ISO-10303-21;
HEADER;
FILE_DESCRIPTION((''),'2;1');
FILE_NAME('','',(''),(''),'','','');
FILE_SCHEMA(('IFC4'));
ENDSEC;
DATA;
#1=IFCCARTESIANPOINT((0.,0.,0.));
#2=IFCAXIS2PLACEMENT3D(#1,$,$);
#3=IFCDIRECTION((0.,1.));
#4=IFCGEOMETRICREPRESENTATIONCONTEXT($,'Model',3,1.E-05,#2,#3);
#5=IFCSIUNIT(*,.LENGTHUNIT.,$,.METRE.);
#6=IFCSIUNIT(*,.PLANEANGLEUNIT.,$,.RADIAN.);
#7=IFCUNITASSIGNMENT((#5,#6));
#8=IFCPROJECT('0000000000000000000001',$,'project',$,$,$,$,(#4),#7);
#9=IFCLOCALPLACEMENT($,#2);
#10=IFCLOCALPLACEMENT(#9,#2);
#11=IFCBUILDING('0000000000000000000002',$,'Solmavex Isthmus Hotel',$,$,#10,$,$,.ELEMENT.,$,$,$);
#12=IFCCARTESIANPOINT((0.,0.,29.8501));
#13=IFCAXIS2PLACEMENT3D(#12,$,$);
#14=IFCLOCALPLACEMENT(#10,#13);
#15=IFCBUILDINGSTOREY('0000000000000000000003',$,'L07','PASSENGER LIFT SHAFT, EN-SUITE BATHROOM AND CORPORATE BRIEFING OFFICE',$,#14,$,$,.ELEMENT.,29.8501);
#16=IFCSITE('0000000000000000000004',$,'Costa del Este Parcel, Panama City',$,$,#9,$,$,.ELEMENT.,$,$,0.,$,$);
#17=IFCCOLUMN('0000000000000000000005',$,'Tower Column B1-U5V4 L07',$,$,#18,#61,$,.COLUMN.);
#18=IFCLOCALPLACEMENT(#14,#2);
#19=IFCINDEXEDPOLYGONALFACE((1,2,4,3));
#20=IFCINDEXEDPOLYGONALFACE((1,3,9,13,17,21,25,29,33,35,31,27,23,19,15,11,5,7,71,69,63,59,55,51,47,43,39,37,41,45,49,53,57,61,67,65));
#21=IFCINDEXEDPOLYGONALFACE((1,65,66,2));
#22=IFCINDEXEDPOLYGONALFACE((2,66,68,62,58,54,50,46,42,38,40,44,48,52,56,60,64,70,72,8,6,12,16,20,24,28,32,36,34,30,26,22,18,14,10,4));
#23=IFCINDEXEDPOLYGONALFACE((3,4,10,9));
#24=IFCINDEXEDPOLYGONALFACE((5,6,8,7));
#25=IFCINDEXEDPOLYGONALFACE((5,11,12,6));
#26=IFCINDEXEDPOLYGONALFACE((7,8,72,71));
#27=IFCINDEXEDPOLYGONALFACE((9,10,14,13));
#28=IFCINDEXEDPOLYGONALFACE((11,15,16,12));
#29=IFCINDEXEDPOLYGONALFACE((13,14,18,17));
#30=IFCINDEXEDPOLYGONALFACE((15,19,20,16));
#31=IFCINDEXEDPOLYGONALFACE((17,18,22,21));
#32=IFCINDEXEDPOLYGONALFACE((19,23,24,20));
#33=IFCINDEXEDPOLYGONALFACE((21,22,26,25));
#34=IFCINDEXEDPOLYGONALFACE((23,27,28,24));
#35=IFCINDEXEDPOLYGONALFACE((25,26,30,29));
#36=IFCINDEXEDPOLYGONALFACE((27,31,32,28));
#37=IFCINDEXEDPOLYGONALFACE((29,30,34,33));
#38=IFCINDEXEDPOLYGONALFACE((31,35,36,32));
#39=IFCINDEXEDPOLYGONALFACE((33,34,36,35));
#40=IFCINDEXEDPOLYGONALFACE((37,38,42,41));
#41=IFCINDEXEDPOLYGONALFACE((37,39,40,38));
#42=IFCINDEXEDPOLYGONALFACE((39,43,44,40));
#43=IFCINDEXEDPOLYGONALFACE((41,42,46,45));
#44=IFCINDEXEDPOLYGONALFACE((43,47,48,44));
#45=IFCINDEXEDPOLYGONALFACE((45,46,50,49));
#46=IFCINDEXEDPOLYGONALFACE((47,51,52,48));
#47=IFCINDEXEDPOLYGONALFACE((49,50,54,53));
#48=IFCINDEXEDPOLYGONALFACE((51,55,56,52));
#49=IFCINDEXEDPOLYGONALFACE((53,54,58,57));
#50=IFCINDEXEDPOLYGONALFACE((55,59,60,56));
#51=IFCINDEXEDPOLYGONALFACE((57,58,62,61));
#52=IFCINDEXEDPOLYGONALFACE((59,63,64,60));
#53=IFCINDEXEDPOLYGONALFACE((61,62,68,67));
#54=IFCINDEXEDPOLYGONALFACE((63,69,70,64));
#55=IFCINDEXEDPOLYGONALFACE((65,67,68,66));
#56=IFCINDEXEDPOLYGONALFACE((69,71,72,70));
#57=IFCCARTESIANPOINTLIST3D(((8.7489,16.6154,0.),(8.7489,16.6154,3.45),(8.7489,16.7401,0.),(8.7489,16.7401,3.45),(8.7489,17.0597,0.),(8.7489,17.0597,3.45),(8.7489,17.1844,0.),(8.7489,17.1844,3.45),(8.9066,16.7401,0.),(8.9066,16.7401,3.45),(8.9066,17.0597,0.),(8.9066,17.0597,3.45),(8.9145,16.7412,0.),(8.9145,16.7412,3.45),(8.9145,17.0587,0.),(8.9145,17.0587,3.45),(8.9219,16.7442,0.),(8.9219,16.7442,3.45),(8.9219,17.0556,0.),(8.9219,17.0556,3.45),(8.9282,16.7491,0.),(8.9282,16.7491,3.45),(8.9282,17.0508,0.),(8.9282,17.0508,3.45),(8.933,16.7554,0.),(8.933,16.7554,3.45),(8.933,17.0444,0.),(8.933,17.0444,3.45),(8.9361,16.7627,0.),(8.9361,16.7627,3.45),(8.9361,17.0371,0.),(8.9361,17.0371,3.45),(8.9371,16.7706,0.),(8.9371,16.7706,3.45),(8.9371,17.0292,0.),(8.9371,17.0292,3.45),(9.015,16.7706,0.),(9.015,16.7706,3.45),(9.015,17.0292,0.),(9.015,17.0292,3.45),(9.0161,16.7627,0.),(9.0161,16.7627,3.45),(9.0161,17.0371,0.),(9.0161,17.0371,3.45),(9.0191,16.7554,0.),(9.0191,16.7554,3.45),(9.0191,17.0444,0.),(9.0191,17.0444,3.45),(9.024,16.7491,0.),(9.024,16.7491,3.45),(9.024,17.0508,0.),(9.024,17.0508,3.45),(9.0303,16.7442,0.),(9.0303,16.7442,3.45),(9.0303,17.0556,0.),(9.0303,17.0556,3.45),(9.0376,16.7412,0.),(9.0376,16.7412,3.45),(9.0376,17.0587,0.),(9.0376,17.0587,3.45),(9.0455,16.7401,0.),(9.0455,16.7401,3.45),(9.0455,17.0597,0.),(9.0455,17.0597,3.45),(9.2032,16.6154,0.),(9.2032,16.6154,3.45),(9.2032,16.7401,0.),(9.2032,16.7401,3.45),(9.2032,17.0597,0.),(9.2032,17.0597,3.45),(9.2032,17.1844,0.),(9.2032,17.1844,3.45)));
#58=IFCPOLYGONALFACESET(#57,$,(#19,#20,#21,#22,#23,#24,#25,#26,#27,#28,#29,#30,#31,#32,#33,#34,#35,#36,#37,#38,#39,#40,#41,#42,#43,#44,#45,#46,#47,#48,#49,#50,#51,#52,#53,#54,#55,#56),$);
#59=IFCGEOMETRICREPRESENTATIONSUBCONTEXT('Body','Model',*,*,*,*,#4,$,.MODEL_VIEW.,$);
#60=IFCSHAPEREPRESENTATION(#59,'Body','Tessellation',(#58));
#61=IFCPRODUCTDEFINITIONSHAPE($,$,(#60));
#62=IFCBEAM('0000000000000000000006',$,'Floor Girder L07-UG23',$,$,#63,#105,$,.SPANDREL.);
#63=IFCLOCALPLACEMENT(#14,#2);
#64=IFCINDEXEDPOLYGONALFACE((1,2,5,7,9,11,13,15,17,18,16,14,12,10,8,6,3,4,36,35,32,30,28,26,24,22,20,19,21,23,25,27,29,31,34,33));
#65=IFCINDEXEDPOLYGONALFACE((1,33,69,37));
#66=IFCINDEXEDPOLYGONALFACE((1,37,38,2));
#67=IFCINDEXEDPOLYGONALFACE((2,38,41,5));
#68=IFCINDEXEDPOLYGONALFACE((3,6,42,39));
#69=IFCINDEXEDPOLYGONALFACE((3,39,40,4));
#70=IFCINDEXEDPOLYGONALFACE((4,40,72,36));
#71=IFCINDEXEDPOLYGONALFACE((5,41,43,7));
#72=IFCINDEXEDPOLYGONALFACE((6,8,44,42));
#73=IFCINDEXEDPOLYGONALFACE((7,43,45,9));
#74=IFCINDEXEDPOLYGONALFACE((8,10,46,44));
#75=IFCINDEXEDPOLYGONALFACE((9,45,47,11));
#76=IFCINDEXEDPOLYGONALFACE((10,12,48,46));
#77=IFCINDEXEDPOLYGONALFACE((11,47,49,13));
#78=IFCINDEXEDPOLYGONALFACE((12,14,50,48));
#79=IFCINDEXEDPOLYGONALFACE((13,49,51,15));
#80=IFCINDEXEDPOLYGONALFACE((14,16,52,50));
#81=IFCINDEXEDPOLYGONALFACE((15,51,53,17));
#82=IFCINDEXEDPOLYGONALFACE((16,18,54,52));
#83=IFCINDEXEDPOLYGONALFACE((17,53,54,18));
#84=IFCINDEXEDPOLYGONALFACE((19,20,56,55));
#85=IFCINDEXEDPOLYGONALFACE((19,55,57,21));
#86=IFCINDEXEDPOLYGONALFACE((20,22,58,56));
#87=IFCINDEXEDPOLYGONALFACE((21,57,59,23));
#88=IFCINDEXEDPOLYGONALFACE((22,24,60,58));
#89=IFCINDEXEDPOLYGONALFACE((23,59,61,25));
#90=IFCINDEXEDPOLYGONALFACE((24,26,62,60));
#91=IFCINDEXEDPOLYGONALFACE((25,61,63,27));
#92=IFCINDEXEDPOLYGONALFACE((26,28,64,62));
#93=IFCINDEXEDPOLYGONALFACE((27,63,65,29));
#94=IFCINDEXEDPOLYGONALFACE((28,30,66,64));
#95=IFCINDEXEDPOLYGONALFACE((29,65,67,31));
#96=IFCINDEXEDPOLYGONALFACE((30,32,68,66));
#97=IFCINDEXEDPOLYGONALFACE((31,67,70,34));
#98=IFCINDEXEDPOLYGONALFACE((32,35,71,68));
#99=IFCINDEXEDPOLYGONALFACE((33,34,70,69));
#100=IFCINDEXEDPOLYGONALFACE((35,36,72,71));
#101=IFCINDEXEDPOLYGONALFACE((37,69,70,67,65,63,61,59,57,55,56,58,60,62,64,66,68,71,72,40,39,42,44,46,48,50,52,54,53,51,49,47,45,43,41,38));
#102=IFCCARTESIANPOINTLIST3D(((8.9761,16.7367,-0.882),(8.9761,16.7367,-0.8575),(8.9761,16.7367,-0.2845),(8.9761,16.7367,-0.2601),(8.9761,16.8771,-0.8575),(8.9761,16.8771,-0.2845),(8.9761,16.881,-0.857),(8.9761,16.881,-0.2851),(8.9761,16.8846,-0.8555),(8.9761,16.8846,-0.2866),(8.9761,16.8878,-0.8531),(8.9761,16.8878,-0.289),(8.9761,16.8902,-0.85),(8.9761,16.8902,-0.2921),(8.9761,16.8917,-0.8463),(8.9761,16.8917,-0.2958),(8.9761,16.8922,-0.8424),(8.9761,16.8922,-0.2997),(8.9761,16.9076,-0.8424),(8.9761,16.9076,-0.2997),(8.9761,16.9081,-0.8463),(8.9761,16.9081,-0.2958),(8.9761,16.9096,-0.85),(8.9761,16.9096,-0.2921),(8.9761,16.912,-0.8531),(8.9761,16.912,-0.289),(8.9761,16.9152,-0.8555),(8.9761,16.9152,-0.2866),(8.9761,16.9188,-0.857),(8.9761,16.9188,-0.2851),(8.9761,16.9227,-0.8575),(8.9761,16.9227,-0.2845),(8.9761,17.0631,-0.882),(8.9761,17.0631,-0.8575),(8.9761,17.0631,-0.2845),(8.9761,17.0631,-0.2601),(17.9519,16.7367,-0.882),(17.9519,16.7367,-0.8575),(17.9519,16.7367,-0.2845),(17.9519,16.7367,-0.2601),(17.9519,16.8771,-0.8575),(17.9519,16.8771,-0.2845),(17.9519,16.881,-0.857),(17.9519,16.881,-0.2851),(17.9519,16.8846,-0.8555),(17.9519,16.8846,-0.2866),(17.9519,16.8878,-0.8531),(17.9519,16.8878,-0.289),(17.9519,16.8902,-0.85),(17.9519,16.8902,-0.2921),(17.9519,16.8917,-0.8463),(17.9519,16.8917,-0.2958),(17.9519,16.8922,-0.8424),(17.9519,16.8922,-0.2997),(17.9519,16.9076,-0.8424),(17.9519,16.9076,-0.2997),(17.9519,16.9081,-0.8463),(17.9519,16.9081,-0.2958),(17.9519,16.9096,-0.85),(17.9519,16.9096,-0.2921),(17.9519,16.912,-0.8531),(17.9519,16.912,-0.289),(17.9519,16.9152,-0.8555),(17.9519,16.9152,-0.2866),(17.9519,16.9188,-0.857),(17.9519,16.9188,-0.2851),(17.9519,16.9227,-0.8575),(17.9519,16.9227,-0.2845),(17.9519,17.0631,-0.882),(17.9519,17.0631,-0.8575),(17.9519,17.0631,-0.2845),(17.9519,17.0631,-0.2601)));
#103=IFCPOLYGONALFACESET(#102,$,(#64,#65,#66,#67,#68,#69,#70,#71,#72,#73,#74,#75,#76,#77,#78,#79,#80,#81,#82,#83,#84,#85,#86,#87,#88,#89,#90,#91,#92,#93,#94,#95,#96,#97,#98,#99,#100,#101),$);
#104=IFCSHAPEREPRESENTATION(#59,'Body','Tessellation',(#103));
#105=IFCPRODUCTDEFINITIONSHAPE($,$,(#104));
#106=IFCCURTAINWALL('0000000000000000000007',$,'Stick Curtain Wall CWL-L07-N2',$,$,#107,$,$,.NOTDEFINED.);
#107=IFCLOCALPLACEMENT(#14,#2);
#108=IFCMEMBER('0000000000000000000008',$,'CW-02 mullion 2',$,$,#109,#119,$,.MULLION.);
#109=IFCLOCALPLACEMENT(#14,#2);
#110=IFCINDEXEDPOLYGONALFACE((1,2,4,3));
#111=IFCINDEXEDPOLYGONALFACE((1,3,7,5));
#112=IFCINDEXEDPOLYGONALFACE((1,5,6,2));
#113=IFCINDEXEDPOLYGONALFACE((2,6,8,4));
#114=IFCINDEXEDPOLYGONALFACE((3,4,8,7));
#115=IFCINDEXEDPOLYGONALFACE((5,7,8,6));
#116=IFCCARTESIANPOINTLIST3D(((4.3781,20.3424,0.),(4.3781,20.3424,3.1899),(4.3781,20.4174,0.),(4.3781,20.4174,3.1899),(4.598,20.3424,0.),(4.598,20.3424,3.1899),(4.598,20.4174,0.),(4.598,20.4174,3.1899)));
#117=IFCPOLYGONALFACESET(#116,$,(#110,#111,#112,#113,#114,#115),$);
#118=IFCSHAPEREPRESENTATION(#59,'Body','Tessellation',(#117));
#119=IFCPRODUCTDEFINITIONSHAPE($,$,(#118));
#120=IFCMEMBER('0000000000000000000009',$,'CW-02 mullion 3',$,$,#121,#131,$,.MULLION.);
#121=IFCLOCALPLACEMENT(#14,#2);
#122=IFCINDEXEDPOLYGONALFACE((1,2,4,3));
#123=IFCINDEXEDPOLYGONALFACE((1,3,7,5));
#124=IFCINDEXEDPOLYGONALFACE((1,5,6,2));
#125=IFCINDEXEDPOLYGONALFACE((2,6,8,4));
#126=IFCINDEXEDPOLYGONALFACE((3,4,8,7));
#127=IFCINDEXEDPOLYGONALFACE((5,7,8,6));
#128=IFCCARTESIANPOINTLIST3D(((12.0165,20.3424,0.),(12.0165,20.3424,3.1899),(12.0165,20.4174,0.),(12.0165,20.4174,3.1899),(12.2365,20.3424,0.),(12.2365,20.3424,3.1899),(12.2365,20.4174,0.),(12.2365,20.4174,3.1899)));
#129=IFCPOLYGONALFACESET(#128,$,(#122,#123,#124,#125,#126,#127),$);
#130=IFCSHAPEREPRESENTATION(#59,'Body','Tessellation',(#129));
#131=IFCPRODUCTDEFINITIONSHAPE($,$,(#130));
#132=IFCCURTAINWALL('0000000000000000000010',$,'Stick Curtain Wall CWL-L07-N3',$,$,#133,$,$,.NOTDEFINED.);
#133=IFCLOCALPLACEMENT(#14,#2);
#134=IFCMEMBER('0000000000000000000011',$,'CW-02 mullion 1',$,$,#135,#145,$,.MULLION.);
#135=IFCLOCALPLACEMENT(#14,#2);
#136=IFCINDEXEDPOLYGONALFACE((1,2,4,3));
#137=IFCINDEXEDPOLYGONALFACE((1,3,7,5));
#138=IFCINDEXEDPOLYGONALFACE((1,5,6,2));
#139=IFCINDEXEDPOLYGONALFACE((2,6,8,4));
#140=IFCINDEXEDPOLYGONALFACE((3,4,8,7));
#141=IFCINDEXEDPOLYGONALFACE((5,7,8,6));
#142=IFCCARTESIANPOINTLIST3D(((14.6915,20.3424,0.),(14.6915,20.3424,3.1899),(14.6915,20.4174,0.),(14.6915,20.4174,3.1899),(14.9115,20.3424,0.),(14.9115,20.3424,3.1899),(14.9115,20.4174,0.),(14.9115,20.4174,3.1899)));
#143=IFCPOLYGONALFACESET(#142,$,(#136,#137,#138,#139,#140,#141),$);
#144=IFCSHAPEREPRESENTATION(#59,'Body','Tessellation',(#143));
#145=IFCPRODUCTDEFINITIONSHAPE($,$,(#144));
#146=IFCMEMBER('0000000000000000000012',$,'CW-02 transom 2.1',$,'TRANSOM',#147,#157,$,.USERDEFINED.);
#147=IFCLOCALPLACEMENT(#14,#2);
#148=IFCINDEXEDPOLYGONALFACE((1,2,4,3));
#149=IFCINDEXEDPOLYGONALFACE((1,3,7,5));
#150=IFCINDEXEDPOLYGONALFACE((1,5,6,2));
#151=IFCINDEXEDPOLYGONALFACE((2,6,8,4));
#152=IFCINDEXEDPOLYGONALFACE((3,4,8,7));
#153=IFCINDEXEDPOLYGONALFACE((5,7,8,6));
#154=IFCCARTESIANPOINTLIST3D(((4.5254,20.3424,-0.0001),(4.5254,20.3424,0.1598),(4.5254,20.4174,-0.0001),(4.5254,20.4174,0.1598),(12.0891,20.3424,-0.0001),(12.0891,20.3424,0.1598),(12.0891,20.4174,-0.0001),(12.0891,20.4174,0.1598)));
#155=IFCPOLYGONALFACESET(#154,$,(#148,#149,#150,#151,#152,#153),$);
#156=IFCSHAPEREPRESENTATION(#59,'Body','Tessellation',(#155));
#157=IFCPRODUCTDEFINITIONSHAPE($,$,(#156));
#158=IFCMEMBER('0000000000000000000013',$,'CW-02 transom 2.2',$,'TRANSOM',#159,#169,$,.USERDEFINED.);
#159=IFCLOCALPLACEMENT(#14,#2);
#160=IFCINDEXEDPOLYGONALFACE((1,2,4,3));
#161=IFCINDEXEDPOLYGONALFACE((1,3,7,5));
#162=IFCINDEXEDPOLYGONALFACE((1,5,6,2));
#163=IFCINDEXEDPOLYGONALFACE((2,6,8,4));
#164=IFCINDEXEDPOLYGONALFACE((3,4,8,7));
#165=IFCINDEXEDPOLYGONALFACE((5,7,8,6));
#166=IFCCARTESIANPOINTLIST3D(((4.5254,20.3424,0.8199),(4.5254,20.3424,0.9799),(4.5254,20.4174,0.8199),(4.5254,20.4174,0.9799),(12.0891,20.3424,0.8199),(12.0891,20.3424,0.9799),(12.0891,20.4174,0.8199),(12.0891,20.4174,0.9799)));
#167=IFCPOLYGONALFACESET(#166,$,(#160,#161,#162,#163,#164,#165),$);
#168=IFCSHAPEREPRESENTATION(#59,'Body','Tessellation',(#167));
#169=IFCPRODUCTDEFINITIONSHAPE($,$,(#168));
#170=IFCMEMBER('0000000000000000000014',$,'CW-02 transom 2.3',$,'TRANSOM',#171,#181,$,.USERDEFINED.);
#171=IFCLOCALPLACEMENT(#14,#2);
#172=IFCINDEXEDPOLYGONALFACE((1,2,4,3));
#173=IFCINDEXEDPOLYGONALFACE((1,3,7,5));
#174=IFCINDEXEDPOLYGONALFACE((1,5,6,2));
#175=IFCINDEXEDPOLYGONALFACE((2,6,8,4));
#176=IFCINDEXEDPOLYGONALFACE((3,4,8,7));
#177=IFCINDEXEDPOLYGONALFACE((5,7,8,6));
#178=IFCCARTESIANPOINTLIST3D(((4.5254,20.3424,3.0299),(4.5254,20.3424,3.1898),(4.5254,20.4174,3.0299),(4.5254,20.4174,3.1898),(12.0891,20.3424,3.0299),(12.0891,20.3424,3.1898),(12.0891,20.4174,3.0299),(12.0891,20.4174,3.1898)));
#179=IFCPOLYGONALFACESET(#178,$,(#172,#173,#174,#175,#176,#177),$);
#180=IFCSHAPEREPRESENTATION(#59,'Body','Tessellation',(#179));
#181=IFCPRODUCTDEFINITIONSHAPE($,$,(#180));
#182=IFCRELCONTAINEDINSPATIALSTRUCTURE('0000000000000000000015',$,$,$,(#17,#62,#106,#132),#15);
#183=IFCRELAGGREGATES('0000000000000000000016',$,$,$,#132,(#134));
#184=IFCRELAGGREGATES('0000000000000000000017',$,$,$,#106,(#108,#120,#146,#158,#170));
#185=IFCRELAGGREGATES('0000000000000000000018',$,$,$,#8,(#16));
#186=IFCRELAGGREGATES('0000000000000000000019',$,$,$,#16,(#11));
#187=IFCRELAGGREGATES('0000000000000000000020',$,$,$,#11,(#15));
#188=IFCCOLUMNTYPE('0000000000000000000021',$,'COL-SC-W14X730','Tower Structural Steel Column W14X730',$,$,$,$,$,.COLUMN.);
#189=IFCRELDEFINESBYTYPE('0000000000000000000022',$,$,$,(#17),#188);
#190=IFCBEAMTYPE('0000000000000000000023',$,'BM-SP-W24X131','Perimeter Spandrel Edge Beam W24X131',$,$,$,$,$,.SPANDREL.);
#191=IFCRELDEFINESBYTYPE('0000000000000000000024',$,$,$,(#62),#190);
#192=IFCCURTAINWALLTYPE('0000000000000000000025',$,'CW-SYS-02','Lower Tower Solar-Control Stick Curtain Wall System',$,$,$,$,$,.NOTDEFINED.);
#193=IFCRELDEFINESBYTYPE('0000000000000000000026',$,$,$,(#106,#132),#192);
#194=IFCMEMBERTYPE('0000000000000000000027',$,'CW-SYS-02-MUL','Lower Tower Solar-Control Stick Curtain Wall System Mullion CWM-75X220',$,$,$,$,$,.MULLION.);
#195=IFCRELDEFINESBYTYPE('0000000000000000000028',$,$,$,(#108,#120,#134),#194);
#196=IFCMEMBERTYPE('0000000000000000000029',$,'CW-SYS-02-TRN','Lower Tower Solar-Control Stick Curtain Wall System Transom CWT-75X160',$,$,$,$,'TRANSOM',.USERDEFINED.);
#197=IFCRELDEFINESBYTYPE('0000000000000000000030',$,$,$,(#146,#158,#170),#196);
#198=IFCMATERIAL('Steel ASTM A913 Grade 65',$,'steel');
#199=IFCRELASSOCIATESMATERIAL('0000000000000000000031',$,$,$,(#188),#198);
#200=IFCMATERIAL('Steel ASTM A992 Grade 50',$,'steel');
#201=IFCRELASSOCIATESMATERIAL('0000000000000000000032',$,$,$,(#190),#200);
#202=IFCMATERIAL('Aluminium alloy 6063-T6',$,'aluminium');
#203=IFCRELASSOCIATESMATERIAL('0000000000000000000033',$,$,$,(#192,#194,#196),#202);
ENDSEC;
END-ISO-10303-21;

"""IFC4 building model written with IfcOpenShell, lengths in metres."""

from ifc_helpers import new_model, si_unit, direction, frame, origin, origin_2d, place, context, subcontext, project, spatial, rectangle, i_section, extrude, material, material_profile, profile_set, type_object, element, aggregate, save


model = new_model("IFC4")

# Units and contexts
model_context = context("Model", 3, precision=1e-05, world=origin(), true_north=direction((0.0, 1.0)))
body_context = subcontext(model_context, "Body", "Model", "MODEL_VIEW")
ifc_project = project(units=[si_unit("LENGTHUNIT", "METRE"), si_unit("PLANEANGLEUNIT", "RADIAN")], contexts=[model_context])

# Site, building, storey
site_placement = place(None, origin())
site = spatial("IfcSite", under=ifc_project, at=site_placement, Name="Costa del Este Parcel, Panama City", CompositionType="ELEMENT", RefElevation=0.0)
building_placement = place(site_placement, origin())
building = spatial("IfcBuilding", under=site, at=building_placement, Name="Solmavex Isthmus Hotel", CompositionType="ELEMENT")
storey_placement = place(building_placement, frame((0.0, 0.0, 29.8501)))
storey = spatial("IfcBuildingStorey", under=building, at=storey_placement, Name="L07", Description="PASSENGER LIFT SHAFT, EN-SUITE BATHROOM AND CORPORATE BRIEFING OFFICE", CompositionType="ELEMENT", Elevation=29.8501)

# Column
ifc_material_1 = material(Name="Steel ASTM A913 Grade 65", Category="steel")
ifc_material_profile_1 = material_profile(ifc_material_1, i_section(OverallWidth=0.4543, OverallDepth=0.5691, WebThickness=0.0779, FlangeThickness=0.1248, FilletRadius=0.0305, at=origin_2d()), Name="W14X730")
ifc_profile_set_1 = profile_set([ifc_material_profile_1], Name="Steel ASTM A913 Grade 65")
column_type = type_object("IfcColumnType", Name="COL-SC-W14X730", Description="Tower Structural Steel Column W14X730", PredefinedType="COLUMN", material=ifc_profile_set_1)
column_placement = place(storey_placement, frame((8.9761, 16.8999, 0.0), z_axis=(0.0, 0.0, 1.0), x_axis=(1.0, 0.0, 0.0)))
element("IfcColumn", 1, at=column_placement, inside=storey, type_object=column_type, Name="Tower Column B1-U5V4 L07", PredefinedType="COLUMN", context=body_context, shape_type="SweptSolid", body=[
    extrude(i_section(OverallWidth=0.4543, OverallDepth=0.5691, WebThickness=0.0779, FlangeThickness=0.1248, FilletRadius=0.0305, at=origin_2d()), origin(), (0.0, 0.0, 1.0), 3.45),
])

# Beam
ifc_material_2 = material(Name="Steel ASTM A992 Grade 50", Category="steel")
ifc_material_profile_2 = material_profile(ifc_material_2, i_section(OverallWidth=0.3264, OverallDepth=0.6218, WebThickness=0.0154, FlangeThickness=0.0244, FilletRadius=0.0151, at=origin_2d()), Name="W24X131")
ifc_profile_set_2 = profile_set([ifc_material_profile_2], Name="Steel ASTM A992 Grade 50")
beam_type = type_object("IfcBeamType", Name="BM-SP-W24X131", Description="Perimeter Spandrel Edge Beam W24X131", PredefinedType="SPANDREL", material=ifc_profile_set_2)
beam_placement = place(storey_placement, frame((8.9761, 16.8999, -0.571), z_axis=(1.0, 0.0, 0.0), x_axis=(0.0, 1.0, 0.0)))
element("IfcBeam", 2, at=beam_placement, inside=storey, type_object=beam_type, Name="Floor Girder L07-UG23", PredefinedType="SPANDREL", context=body_context, shape_type="SweptSolid", body=[
    extrude(i_section(OverallWidth=0.3264, OverallDepth=0.6218, WebThickness=0.0154, FlangeThickness=0.0244, FilletRadius=0.0151, at=origin_2d()), origin(), (0.0, 0.0, 1.0), 8.9758),
])

# Curtain wall, members
ifc_material_3 = material(Name="Aluminium alloy 6063-T6", Category="aluminium")
curtain_wall_type = type_object("IfcCurtainWallType", Name="CW-SYS-02", Description="Lower Tower Solar-Control Stick Curtain Wall System", PredefinedType="NOTDEFINED", material=ifc_material_3)
curtain_wall_1_placement = place(storey_placement, origin())
curtain_wall_1 = element("IfcCurtainWall", 3, at=curtain_wall_1_placement, inside=storey, type_object=curtain_wall_type, Name="Stick Curtain Wall CWL-L07-N2", PredefinedType="NOTDEFINED")
ifc_material_profile_3 = material_profile(ifc_material_3, rectangle(XDim=0.075, YDim=0.22, at=origin_2d()), Name="CWM-75X220")
ifc_profile_set_3 = profile_set([ifc_material_profile_3], Name="Aluminium alloy 6063-T6")
member_type_1 = type_object("IfcMemberType", Name="CW-SYS-02-MUL", Description="Lower Tower Solar-Control Stick Curtain Wall System Mullion CWM-75X220", PredefinedType="MULLION", material=ifc_profile_set_3)
member_1_placement = place(storey_placement, frame((4.488, 20.3799, 0.0), z_axis=(0.0, 0.0, 1.0), x_axis=(0.0, 1.0, 0.0)))
member_1 = element("IfcMember", 4, at=member_1_placement, type_object=member_type_1, Name="CW-02 mullion 2", PredefinedType="MULLION", context=body_context, shape_type="SweptSolid", body=[
    extrude(rectangle(XDim=0.075, YDim=0.22, at=origin_2d()), origin(), (0.0, 0.0, 1.0), 3.1899),
])
member_2_placement = place(storey_placement, frame((12.1265, 20.3799, 0.0), z_axis=(0.0, 0.0, 1.0), x_axis=(0.0, 1.0, 0.0)))
member_2 = element("IfcMember", 5, at=member_2_placement, type_object=member_type_1, Name="CW-02 mullion 3", PredefinedType="MULLION", context=body_context, shape_type="SweptSolid", body=[
    extrude(rectangle(XDim=0.075, YDim=0.22, at=origin_2d()), origin(), (0.0, 0.0, 1.0), 3.1899),
])

# Curtain wall, member
curtain_wall_2_placement = place(storey_placement, origin())
curtain_wall_2 = element("IfcCurtainWall", 6, at=curtain_wall_2_placement, inside=storey, type_object=curtain_wall_type, Name="Stick Curtain Wall CWL-L07-N3", PredefinedType="NOTDEFINED")
member_3_placement = place(storey_placement, frame((14.8015, 20.3799, 0.0), z_axis=(0.0, 0.0, 1.0), x_axis=(0.0, 1.0, 0.0)))
member_3 = element("IfcMember", 7, at=member_3_placement, type_object=member_type_1, Name="CW-02 mullion 1", PredefinedType="MULLION", context=body_context, shape_type="SweptSolid", body=[
    extrude(rectangle(XDim=0.075, YDim=0.22, at=origin_2d()), origin(), (0.0, 0.0, 1.0), 3.1899),
])
aggregate(curtain_wall_2, [member_3])

# Members
ifc_material_profile_4 = material_profile(ifc_material_3, rectangle(XDim=0.075, YDim=0.1599, at=origin_2d()), Name="CWT-75X160")
ifc_profile_set_4 = profile_set([ifc_material_profile_4], Name="Aluminium alloy 6063-T6")
member_type_2 = type_object("IfcMemberType", Name="CW-SYS-02-TRN", Description="Lower Tower Solar-Control Stick Curtain Wall System Transom CWT-75X160", ElementType="TRANSOM", PredefinedType="USERDEFINED", material=ifc_profile_set_4)
member_4_placement = place(storey_placement, frame((4.5254, 20.3799, 0.0798), z_axis=(1.0, 0.0, 0.0), x_axis=(0.0, 1.0, 0.0)))
member_4 = element("IfcMember", 8, at=member_4_placement, type_object=member_type_2, Name="CW-02 transom 2.1", ObjectType="TRANSOM", PredefinedType="USERDEFINED", context=body_context, shape_type="SweptSolid", body=[
    extrude(rectangle(XDim=0.075, YDim=0.1599, at=origin_2d()), origin(), (0.0, 0.0, 1.0), 7.5637),
])
member_5_placement = place(storey_placement, frame((4.5254, 20.3799, 0.8999), z_axis=(1.0, 0.0, 0.0), x_axis=(0.0, 1.0, 0.0)))
member_5 = element("IfcMember", 9, at=member_5_placement, type_object=member_type_2, Name="CW-02 transom 2.2", ObjectType="TRANSOM", PredefinedType="USERDEFINED", context=body_context, shape_type="SweptSolid", body=[
    extrude(rectangle(XDim=0.075, YDim=0.1599, at=origin_2d()), origin(), (0.0, 0.0, 1.0), 7.5637),
])
member_6_placement = place(storey_placement, frame((4.5254, 20.3799, 3.1099), z_axis=(1.0, 0.0, 0.0), x_axis=(0.0, 1.0, 0.0)))
member_6 = element("IfcMember", 10, at=member_6_placement, type_object=member_type_2, Name="CW-02 transom 2.3", ObjectType="TRANSOM", PredefinedType="USERDEFINED", context=body_context, shape_type="SweptSolid", body=[
    extrude(rectangle(XDim=0.075, YDim=0.1599, at=origin_2d()), origin(), (0.0, 0.0, 1.0), 7.5637),
])

aggregate(curtain_wall_1, [member_1, member_2, member_4, member_5, member_6])

save(model, "model.ifc")
